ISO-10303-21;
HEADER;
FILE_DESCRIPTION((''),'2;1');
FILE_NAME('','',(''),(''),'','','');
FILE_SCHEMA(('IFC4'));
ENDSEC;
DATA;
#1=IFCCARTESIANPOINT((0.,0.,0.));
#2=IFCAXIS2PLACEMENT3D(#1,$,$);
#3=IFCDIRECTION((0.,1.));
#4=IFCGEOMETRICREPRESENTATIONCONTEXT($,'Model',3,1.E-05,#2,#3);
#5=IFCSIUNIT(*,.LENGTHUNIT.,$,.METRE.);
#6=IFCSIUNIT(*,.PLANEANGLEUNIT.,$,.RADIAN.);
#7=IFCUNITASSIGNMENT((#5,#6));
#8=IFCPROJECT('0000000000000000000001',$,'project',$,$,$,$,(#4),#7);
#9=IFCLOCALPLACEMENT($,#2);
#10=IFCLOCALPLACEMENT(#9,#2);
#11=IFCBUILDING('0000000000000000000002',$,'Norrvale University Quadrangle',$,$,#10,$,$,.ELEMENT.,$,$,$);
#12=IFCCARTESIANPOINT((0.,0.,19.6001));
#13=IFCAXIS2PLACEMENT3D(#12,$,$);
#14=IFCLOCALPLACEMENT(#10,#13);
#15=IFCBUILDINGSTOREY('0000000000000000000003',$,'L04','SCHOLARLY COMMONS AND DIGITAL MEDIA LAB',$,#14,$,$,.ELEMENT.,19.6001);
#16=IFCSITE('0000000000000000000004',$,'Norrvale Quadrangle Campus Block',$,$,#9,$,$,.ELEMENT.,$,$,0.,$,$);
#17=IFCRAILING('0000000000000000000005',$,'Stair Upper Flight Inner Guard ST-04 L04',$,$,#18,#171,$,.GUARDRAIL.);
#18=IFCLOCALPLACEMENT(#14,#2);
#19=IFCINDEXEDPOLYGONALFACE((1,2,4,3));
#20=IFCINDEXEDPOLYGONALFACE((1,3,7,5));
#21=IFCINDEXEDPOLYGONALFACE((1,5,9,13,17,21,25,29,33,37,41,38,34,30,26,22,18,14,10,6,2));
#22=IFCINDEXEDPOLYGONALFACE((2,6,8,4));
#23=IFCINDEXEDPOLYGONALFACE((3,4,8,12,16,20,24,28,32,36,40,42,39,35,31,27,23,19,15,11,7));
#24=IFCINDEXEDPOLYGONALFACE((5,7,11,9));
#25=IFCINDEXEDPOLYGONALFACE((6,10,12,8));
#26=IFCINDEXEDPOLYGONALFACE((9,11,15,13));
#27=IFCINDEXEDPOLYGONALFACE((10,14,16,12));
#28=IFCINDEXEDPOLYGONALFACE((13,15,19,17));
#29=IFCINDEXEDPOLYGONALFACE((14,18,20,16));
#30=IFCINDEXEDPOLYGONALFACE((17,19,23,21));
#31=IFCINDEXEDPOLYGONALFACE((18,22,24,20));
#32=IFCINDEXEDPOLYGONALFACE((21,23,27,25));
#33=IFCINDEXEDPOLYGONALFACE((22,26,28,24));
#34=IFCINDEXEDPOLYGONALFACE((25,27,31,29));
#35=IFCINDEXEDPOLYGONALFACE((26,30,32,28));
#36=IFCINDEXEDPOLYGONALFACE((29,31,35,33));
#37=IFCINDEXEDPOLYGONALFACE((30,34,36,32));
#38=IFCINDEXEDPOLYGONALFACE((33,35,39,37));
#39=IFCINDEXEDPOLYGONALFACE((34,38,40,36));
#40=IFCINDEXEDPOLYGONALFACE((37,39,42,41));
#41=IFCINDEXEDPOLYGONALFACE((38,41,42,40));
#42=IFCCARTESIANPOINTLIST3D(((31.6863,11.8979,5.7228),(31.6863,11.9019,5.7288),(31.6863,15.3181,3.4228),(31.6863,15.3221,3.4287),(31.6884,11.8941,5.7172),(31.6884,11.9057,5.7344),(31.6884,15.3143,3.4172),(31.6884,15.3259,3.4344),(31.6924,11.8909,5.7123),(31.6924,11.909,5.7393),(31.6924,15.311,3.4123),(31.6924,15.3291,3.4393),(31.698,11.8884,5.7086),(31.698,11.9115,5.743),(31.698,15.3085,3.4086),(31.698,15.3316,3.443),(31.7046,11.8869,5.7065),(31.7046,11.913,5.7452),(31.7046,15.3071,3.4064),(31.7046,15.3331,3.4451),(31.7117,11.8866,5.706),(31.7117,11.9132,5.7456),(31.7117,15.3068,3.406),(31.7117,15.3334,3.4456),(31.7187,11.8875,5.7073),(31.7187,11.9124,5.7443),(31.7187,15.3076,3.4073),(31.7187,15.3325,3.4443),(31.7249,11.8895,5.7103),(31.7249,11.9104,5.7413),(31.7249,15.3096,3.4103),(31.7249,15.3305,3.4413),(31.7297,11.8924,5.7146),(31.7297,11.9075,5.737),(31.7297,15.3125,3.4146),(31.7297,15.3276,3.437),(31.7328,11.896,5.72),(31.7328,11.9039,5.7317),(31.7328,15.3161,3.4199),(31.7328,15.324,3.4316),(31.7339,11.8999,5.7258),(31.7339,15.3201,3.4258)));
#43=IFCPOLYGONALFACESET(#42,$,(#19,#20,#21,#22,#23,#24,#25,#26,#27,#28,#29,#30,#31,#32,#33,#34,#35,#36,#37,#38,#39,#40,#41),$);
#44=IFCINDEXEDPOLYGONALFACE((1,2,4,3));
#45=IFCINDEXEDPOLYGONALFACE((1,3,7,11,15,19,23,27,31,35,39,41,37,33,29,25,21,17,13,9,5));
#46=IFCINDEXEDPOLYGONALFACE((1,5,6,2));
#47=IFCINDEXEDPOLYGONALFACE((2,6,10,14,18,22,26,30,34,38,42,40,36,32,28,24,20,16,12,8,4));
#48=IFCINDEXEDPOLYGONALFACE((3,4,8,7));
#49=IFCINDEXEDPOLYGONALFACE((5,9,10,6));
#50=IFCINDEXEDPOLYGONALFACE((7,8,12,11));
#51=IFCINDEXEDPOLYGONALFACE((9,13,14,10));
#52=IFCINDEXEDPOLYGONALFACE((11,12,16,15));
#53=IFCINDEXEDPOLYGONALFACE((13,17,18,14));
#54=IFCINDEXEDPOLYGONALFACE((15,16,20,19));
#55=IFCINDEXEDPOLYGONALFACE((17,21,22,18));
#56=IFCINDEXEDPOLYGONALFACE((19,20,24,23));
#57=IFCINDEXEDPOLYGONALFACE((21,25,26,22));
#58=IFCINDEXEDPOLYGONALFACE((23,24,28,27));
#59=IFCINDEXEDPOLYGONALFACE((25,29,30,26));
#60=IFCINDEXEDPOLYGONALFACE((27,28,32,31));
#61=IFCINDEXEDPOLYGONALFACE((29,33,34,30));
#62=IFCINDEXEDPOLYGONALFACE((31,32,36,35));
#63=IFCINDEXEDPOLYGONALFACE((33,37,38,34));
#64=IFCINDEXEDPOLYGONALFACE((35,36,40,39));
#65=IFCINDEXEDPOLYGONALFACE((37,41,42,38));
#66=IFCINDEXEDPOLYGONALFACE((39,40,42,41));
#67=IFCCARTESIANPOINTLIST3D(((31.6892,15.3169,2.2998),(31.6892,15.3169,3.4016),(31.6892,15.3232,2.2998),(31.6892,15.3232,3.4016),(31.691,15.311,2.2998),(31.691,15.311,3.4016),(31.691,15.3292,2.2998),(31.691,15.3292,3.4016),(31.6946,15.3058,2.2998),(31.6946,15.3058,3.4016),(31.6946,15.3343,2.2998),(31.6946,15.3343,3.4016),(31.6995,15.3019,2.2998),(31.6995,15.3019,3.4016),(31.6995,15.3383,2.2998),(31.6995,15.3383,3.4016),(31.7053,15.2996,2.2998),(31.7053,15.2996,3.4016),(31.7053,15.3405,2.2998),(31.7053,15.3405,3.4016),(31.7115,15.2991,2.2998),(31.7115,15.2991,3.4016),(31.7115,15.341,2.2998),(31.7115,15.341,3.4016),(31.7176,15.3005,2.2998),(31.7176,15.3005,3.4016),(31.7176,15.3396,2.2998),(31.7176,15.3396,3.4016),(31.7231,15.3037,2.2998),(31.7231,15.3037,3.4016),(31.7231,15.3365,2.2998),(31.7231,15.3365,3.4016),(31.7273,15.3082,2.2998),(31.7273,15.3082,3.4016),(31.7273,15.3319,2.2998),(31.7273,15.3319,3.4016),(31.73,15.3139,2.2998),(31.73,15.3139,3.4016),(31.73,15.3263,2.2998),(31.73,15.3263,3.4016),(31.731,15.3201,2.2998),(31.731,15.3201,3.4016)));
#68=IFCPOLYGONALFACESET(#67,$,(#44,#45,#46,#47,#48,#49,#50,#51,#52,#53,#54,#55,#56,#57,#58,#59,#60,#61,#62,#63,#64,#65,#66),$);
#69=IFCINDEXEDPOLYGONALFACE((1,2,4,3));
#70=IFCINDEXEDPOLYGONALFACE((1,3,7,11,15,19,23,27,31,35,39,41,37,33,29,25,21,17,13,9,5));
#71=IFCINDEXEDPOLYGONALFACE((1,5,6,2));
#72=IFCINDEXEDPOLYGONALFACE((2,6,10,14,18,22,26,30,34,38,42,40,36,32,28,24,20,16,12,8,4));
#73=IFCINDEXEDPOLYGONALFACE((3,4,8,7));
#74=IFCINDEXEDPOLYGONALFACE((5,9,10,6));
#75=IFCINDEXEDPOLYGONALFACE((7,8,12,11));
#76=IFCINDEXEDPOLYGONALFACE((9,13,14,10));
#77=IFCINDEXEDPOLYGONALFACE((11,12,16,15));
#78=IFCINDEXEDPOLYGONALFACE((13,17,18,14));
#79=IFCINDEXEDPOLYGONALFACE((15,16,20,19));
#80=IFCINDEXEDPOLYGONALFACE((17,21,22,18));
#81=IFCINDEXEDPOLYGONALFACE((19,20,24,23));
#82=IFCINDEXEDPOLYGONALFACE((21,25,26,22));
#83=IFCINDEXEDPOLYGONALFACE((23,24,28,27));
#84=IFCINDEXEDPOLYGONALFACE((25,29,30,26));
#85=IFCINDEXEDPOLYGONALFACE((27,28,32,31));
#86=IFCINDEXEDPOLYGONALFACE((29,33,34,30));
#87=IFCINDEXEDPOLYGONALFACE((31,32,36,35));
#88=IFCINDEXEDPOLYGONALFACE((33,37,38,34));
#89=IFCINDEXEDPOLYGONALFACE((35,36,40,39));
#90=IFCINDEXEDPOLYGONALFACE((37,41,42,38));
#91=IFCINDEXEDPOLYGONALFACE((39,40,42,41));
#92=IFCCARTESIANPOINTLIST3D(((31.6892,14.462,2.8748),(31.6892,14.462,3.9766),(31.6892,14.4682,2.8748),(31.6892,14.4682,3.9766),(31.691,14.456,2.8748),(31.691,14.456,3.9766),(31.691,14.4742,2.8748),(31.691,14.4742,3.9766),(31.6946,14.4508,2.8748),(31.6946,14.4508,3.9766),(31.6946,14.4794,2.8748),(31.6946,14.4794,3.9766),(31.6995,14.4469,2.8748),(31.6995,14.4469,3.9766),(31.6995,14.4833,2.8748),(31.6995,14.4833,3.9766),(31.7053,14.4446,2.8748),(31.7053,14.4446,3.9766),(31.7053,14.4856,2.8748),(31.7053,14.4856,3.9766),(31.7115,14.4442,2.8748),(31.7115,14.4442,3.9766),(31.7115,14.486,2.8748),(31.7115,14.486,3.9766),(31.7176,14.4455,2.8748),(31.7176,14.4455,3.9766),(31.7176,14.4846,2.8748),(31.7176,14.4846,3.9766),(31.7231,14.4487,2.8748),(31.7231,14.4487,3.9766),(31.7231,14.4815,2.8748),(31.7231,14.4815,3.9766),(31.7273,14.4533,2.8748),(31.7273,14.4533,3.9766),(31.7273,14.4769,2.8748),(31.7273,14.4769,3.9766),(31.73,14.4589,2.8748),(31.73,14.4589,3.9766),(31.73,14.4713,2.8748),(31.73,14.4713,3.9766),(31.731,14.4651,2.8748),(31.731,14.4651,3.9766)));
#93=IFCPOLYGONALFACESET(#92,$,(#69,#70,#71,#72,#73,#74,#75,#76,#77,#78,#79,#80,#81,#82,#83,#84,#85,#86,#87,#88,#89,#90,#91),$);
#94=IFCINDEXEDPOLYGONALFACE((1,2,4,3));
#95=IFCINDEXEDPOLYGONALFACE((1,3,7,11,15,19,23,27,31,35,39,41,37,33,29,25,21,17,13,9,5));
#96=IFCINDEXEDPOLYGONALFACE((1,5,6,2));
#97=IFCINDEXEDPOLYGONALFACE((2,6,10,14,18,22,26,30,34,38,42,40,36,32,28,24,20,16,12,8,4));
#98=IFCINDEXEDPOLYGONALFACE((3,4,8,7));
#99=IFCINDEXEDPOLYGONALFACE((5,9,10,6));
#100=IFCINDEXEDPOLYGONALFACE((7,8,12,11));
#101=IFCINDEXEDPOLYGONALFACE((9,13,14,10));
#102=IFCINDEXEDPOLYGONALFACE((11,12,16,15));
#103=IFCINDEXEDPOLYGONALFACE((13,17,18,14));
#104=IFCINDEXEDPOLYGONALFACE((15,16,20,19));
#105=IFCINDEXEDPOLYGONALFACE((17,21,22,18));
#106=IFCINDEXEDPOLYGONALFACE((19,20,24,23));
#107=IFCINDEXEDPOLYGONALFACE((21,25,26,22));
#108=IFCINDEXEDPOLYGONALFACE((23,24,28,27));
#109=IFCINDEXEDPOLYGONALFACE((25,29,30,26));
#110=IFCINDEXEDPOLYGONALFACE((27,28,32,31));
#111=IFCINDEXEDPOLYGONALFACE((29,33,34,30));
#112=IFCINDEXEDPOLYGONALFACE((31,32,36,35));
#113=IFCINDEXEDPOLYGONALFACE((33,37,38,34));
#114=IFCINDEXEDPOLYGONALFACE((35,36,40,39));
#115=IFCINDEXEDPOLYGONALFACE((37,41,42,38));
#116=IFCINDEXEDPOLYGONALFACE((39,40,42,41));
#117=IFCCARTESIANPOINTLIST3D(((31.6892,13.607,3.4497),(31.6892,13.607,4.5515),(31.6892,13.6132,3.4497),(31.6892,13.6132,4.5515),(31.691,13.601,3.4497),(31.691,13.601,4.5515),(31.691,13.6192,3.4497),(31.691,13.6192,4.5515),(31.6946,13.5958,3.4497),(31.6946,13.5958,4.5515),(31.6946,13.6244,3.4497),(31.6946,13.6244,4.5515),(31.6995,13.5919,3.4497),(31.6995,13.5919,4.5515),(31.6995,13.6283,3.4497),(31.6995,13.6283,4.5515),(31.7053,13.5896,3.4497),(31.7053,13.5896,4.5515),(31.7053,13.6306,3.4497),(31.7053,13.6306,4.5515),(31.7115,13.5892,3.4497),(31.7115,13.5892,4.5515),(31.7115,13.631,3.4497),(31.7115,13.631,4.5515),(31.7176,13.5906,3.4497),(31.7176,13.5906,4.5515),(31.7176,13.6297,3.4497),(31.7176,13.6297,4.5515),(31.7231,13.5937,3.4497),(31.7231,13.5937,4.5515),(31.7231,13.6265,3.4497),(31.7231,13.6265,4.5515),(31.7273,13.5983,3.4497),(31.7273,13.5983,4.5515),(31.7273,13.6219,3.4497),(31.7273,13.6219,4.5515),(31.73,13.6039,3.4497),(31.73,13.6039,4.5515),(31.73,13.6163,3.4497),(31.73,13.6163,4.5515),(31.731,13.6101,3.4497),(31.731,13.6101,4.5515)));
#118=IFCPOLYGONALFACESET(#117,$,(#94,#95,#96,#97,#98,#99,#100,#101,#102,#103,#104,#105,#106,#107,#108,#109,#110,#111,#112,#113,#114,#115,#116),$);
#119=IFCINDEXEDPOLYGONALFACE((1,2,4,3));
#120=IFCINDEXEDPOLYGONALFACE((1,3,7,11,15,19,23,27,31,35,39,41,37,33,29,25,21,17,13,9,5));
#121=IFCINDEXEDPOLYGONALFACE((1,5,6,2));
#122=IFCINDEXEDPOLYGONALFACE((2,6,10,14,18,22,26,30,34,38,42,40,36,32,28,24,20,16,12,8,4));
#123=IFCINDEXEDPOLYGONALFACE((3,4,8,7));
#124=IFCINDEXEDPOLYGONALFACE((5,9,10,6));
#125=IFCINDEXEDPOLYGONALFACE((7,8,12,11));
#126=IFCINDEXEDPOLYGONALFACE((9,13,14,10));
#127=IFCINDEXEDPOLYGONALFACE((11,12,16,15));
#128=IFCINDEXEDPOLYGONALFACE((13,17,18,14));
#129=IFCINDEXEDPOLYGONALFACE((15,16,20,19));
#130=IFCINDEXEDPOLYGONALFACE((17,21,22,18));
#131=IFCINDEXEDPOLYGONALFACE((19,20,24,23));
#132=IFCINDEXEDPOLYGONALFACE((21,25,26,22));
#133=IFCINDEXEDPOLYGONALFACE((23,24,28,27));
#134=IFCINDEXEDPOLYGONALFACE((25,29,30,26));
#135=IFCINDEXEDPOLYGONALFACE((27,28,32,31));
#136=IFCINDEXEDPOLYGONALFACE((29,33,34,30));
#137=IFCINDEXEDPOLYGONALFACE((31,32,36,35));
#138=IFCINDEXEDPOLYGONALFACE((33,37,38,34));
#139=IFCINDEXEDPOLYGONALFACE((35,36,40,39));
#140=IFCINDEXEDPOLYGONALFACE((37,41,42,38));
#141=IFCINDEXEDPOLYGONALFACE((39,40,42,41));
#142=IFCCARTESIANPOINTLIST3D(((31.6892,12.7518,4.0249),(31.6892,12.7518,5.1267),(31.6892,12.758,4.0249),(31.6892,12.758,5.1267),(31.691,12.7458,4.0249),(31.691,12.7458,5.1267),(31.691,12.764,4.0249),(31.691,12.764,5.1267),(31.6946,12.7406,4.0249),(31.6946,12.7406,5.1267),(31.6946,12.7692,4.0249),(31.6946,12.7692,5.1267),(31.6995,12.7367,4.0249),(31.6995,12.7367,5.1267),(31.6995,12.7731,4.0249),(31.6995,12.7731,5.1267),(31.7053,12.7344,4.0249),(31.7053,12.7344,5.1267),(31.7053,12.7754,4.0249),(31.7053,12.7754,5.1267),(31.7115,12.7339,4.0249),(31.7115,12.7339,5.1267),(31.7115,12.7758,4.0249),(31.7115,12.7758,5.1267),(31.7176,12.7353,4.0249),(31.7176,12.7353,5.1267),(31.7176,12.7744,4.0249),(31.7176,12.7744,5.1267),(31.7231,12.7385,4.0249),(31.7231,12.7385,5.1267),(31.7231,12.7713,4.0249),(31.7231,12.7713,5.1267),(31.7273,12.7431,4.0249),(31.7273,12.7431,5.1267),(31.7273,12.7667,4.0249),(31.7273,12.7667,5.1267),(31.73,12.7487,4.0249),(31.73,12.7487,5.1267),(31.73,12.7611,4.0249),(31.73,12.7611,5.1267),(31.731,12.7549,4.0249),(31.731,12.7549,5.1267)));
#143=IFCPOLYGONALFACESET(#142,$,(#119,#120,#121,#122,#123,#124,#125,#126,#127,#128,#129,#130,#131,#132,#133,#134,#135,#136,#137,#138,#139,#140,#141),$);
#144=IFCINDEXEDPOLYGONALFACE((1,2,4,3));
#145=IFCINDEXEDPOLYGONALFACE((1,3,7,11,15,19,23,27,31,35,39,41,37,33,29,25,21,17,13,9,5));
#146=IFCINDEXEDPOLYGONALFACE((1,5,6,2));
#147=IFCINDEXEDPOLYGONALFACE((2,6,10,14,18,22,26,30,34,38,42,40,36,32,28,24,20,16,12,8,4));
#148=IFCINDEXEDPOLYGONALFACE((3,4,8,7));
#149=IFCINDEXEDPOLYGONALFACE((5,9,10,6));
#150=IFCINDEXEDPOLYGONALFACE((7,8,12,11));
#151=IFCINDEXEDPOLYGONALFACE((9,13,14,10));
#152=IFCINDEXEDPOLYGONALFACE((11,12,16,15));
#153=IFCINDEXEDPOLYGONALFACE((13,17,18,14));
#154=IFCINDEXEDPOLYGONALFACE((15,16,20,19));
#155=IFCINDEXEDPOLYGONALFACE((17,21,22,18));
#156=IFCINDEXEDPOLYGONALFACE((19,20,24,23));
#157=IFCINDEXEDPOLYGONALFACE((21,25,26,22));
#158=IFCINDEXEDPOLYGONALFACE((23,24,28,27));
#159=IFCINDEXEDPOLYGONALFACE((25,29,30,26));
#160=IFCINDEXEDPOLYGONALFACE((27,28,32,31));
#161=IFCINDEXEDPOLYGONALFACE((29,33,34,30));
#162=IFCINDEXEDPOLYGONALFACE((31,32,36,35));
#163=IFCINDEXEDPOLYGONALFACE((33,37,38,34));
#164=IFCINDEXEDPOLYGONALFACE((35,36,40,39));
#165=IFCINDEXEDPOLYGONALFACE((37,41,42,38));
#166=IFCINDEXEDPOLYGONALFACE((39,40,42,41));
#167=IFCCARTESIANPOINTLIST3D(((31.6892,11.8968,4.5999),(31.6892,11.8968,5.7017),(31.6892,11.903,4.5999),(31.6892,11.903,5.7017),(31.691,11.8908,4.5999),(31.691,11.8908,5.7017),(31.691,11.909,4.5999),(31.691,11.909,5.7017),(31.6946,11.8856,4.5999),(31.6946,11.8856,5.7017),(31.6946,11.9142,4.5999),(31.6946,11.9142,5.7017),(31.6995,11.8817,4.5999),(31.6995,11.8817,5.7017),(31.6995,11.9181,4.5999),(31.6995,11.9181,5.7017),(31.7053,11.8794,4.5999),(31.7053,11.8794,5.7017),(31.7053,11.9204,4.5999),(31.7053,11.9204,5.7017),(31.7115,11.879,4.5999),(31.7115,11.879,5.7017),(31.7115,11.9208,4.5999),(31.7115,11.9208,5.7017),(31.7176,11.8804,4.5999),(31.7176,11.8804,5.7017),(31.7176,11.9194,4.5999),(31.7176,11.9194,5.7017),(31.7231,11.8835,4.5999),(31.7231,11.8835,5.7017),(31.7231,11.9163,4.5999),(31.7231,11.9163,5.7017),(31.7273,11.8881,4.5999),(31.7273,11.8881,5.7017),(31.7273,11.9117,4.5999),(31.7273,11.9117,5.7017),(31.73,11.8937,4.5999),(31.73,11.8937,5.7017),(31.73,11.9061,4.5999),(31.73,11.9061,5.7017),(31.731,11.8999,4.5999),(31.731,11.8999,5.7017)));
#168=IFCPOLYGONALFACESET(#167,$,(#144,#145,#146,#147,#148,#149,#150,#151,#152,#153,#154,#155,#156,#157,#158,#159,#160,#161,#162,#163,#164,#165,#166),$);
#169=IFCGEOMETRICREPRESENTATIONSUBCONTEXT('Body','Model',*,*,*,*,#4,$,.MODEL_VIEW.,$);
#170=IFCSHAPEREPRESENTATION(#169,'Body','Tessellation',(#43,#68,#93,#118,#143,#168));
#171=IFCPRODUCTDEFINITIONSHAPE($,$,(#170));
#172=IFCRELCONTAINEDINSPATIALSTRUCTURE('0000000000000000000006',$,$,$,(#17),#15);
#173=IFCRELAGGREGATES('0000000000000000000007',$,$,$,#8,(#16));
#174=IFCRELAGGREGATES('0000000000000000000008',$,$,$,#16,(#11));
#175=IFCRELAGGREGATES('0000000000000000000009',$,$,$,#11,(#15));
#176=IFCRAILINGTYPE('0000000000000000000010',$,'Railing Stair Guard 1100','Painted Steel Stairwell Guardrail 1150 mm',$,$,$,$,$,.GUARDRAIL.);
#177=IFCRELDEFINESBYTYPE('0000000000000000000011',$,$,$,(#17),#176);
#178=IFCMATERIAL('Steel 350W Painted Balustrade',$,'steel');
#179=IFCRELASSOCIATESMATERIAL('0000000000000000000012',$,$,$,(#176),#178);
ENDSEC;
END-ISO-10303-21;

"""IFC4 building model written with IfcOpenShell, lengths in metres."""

from ifc_helpers import new_model, si_unit, direction, frame, origin, origin_2d, place, context, subcontext, project, spatial, circle, extrude, material, type_object, element, save


model = new_model("IFC4")

# Units and contexts
model_context = context("Model", 3, precision=1e-05, world=origin(), true_north=direction((0.0, 1.0)))
body_context = subcontext(model_context, "Body", "Model", "MODEL_VIEW")
ifc_project = project(units=[si_unit("LENGTHUNIT", "METRE"), si_unit("PLANEANGLEUNIT", "RADIAN")], contexts=[model_context])

# Site, building, storey
site_placement = place(None, origin())
site = spatial("IfcSite", under=ifc_project, at=site_placement, Name="Norrvale Quadrangle Campus Block", CompositionType="ELEMENT", RefElevation=0.0)
building_placement = place(site_placement, origin())
building = spatial("IfcBuilding", under=site, at=building_placement, Name="Norrvale University Quadrangle", CompositionType="ELEMENT")
storey_placement = place(building_placement, frame((0.0, 0.0, 19.6001)))
storey = spatial("IfcBuildingStorey", under=building, at=storey_placement, Name="L04", Description="SCHOLARLY COMMONS AND DIGITAL MEDIA LAB", CompositionType="ELEMENT", Elevation=19.6001)

# Railing
ifc_material_1 = material(Name="Steel 350W Painted Balustrade", Category="steel")
railing_type_1 = type_object("IfcRailingType", Name="Railing Stair Guard 1100", Description="Painted Steel Stairwell Guardrail 1150 mm", PredefinedType="GUARDRAIL", material=ifc_material_1)
railing_1_placement = place(storey_placement, frame((31.71, 15.3201, 2.2998)))
element("IfcRailing", 1, at=railing_1_placement, inside=storey, type_object=railing_type_1, Name="Stair Upper Flight Inner Guard ST-04 L04", PredefinedType="GUARDRAIL", context=body_context, shape_type="SweptSolid", body=[
    extrude(circle(Radius=0.0239, at=origin_2d()), frame((0.0, 0.0, 1.126), z_axis=(0.0, -0.829811, 0.558045), x_axis=(1.0, 0.0, 0.0)), (0.0, 0.0, 1.0), 4.1216),
    extrude(circle(Radius=0.021, at=origin_2d()), origin(), (0.0, 0.0, 1.0), 1.1018),
    extrude(circle(Radius=0.021, at=origin_2d()), frame((0.0, -0.855, 0.575)), (0.0, 0.0, 1.0), 1.1018),
    extrude(circle(Radius=0.021, at=origin_2d()), frame((0.0, -1.71, 1.1499)), (0.0, 0.0, 1.0), 1.1018),
    extrude(circle(Radius=0.021, at=origin_2d()), frame((0.0, -2.5652, 1.7251)), (0.0, 0.0, 1.0), 1.1018),
    extrude(circle(Radius=0.021, at=origin_2d()), frame((0.0, -3.4202, 2.3)), (0.0, 0.0, 1.0), 1.1018),
])

save(model, "model.ifc")
